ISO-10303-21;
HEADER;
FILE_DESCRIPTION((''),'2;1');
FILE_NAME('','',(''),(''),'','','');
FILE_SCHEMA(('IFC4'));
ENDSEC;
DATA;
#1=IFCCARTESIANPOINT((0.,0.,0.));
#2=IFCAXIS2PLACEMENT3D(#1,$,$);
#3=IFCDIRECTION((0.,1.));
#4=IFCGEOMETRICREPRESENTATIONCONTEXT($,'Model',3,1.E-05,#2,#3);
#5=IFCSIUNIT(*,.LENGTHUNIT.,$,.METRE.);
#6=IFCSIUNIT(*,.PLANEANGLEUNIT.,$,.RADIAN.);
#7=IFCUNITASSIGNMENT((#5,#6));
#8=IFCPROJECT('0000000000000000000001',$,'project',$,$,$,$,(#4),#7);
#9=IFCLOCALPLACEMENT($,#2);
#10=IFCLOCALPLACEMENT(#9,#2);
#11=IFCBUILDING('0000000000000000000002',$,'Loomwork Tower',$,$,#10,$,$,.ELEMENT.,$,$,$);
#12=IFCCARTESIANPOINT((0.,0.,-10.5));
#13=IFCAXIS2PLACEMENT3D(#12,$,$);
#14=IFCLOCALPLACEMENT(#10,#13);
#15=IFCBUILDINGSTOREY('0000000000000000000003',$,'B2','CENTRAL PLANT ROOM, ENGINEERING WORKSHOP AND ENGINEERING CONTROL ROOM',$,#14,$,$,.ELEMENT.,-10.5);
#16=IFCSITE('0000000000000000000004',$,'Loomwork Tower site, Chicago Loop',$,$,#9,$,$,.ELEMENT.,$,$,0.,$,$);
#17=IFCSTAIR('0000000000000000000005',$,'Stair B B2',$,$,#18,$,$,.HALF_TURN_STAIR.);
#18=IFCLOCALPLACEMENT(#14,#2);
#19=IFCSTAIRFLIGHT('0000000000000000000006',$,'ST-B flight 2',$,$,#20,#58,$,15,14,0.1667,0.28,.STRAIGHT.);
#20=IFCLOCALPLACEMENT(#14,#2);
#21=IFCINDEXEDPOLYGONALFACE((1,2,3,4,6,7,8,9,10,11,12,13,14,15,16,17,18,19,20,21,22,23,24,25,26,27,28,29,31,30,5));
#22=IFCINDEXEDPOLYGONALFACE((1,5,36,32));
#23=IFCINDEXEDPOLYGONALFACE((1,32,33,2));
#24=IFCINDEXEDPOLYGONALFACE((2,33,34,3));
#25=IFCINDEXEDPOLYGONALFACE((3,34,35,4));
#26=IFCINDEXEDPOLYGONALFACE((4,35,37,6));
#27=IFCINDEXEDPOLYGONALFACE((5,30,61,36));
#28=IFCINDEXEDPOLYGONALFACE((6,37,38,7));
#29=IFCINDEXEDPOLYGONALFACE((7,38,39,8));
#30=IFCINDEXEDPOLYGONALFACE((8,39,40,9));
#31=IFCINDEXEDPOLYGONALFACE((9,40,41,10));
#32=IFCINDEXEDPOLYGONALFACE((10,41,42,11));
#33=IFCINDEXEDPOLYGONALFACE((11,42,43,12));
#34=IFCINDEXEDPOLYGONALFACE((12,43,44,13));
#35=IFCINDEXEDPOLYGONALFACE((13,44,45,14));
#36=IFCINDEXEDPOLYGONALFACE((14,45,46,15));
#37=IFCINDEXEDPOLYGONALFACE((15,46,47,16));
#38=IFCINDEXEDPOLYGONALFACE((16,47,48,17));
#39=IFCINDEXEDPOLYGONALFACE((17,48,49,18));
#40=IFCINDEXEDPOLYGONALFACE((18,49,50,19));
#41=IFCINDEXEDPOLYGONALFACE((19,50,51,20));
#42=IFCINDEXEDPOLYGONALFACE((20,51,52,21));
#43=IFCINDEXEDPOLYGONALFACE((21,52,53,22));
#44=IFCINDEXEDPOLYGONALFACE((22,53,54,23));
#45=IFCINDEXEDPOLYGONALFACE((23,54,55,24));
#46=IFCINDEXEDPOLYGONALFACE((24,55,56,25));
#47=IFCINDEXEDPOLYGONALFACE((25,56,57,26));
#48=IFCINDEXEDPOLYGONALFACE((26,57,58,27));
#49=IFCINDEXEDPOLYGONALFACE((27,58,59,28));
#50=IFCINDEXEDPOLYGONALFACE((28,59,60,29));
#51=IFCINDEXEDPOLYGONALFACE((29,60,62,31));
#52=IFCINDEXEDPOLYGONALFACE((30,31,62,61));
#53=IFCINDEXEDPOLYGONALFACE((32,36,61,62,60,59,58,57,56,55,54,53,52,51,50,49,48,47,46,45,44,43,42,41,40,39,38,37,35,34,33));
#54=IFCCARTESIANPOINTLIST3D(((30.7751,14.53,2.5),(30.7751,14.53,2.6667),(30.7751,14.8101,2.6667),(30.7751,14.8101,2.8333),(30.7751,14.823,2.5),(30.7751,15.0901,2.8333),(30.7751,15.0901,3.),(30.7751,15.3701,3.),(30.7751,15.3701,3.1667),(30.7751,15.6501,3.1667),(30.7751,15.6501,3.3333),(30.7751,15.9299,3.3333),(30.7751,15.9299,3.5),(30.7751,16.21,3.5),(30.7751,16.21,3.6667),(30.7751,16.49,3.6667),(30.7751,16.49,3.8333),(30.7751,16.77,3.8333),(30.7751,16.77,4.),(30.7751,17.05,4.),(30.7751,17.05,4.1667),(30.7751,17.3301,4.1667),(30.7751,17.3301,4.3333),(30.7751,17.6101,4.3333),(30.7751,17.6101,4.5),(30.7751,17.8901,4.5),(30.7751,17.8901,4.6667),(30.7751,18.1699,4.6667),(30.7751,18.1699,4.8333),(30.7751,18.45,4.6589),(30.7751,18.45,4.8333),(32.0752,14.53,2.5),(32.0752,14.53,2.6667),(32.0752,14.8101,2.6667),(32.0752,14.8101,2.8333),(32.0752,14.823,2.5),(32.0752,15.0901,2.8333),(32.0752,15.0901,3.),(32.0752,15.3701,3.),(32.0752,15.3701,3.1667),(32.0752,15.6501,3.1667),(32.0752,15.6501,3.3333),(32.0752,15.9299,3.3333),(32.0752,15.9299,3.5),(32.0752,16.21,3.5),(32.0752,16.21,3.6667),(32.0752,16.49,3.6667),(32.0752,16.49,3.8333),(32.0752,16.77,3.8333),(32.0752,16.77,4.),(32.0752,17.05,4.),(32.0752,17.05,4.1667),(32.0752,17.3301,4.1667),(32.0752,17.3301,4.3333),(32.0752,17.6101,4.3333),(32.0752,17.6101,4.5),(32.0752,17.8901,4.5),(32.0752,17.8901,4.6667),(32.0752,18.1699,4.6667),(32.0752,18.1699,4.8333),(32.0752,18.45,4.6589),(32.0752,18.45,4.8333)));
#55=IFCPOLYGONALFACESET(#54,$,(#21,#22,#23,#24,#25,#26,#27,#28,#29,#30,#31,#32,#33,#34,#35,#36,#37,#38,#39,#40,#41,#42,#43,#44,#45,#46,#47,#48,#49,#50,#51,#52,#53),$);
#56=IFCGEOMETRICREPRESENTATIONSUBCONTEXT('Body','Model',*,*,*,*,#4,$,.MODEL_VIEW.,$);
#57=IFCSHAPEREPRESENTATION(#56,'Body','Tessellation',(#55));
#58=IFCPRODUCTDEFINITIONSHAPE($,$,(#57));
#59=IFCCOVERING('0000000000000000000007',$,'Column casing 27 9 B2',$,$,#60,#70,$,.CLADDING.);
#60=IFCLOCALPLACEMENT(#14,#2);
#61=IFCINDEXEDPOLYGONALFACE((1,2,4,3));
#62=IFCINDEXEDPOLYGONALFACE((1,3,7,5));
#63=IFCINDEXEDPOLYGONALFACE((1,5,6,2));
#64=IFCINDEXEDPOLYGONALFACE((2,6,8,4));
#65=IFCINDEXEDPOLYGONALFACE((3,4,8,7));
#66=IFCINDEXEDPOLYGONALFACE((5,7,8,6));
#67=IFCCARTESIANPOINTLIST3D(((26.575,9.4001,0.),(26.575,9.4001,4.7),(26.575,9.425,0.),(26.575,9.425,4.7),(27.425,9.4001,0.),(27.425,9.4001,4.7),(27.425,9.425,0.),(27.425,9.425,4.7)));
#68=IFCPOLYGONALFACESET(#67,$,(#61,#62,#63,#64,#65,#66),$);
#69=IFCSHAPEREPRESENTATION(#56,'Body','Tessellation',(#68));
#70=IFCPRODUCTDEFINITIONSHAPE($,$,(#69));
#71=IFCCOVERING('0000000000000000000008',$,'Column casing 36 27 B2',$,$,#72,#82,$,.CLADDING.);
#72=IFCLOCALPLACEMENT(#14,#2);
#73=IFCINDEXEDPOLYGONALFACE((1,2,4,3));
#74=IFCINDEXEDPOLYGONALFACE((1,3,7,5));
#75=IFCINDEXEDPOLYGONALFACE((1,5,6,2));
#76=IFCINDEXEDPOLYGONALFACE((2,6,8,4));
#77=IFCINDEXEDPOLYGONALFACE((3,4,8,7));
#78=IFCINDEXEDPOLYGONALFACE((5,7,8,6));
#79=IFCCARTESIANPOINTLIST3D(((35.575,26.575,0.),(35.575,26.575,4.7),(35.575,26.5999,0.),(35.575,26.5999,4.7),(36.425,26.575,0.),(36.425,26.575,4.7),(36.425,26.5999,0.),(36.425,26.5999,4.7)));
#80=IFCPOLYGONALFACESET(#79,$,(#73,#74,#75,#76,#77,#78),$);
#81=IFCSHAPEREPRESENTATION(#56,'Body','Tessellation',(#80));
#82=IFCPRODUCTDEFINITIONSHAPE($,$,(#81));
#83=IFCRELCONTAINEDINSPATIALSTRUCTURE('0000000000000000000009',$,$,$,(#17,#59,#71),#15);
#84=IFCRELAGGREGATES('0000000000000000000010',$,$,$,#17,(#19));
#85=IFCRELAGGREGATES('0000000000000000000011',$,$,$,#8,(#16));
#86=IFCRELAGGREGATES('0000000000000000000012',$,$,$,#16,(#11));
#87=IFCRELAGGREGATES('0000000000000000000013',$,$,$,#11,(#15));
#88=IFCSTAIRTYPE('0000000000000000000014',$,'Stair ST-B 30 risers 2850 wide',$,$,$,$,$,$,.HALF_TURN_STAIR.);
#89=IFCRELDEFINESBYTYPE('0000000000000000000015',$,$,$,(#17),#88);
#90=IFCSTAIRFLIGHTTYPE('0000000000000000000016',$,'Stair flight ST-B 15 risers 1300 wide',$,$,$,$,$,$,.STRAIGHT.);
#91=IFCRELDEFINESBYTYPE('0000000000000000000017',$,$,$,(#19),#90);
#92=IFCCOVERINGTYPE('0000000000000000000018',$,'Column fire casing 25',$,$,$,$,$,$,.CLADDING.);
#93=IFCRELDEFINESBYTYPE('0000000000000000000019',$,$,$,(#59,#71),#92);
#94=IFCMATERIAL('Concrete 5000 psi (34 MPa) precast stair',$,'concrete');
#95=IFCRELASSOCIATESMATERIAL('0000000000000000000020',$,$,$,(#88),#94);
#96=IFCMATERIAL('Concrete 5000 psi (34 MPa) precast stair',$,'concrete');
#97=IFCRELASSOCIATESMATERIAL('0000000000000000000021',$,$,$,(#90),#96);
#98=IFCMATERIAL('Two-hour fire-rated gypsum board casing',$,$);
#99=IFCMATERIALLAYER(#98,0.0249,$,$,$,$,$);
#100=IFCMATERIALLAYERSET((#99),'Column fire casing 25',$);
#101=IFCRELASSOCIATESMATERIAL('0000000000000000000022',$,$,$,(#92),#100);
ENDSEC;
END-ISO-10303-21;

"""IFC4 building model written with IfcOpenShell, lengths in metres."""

from ifc_helpers import new_model, si_unit, direction, frame, origin, origin_2d, place, context, subcontext, project, spatial, polyline, rectangle, outline, extrude, material, layer, layer_set, type_object, element, aggregate, save


model = new_model("IFC4")

# Units and contexts
model_context = context("Model", 3, precision=1e-05, world=origin(), true_north=direction((0.0, 1.0)))
body_context = subcontext(model_context, "Body", "Model", "MODEL_VIEW")
ifc_project = project(units=[si_unit("LENGTHUNIT", "METRE"), si_unit("PLANEANGLEUNIT", "RADIAN")], contexts=[model_context])

# Site, building, storey
site_placement = place(None, origin())
site = spatial("IfcSite", under=ifc_project, at=site_placement, Name="Loomwork Tower site, Chicago Loop", CompositionType="ELEMENT", RefElevation=0.0)
building_placement = place(site_placement, origin())
building = spatial("IfcBuilding", under=site, at=building_placement, Name="Loomwork Tower", CompositionType="ELEMENT")
storey_placement = place(building_placement, frame((0.0, 0.0, -10.5)))
storey = spatial("IfcBuildingStorey", under=building, at=storey_placement, Name="B2", Description="CENTRAL PLANT ROOM, ENGINEERING WORKSHOP AND ENGINEERING CONTROL ROOM", CompositionType="ELEMENT", Elevation=-10.5)

# Stair, stair flight
ifc_material_1 = material(Name="Concrete 5000 psi (34 MPa) precast stair", Category="concrete")
stair_type = type_object("IfcStairType", Name="Stair ST-B 30 risers 2850 wide", PredefinedType="HALF_TURN_STAIR", material=ifc_material_1)
stair_placement = place(storey_placement, origin())
stair = element("IfcStair", 1, at=stair_placement, inside=storey, type_object=stair_type, Name="Stair B B2", PredefinedType="HALF_TURN_STAIR")
ifc_material_2 = material(Name="Concrete 5000 psi (34 MPa) precast stair", Category="concrete")
stair_flight_type = type_object("IfcStairFlightType", Name="Stair flight ST-B 15 risers 1300 wide", PredefinedType="STRAIGHT", material=ifc_material_2)
stair_flight_1_placement = place(storey_placement, frame((31.425, 14.53, 2.5), z_axis=(0.0, 0.0, 1.0), x_axis=(0.0, 1.0, 0.0)))
stair_flight_1 = element("IfcStairFlight", 2, at=stair_flight_1_placement, type_object=stair_flight_type, Name="ST-B flight 2", NumberOfRisers=15, NumberOfTreads=14, PredefinedType="STRAIGHT", RiserHeight=0.1667, TreadLength=0.28, context=body_context, shape_type="SweptSolid", body=[
    extrude(outline(polyline([(0.0, 0.0), (0.0, 0.1667), (0.28, 0.1667), (0.28, 0.3333), (0.5601, 0.3333), (0.5601, 0.5), (0.8401, 0.5), (0.8401, 0.6667), (1.1201, 0.6667), (1.1201, 0.8333), (1.3999, 0.8333), (1.3999, 1.0), (1.6799, 1.0), (1.6799, 1.1667), (1.96, 1.1667), (1.96, 1.3333), (2.24, 1.3333), (2.24, 1.5), (2.52, 1.5), (2.52, 1.6667), (2.8, 1.6667), (2.8, 1.8333), (3.0801, 1.8333), (3.0801, 2.0), (3.3601, 2.0), (3.3601, 2.1667), (3.6399, 2.1667), (3.6399, 2.3333), (3.9199, 2.3333), (3.9199, 2.5), (3.9199, 2.1589), (0.293, 0.0), (0.0, 0.0)])), frame((0.0, 0.6499, 0.0), z_axis=(0.0, -1.0, 0.0), x_axis=(1.0, 0.0, 0.0)), (0.0, 0.0, 1.0), 1.3),
])
aggregate(stair, [stair_flight_1])

# Coverings
ifc_material_3 = material(Name="Two-hour fire-rated gypsum board casing")
ifc_layer_1 = layer(ifc_material_3, 0.0249)
ifc_layer_set_1 = layer_set([ifc_layer_1], Name="Column fire casing 25")
covering_type = type_object("IfcCoveringType", Name="Column fire casing 25", PredefinedType="CLADDING", material=ifc_layer_set_1)
for number, where, z_axis, x_axis, name in (
    (3, (27.0, 9.4126, 0.0), (0.0, 0.0, 1.0), (1.0, 0.0, 0.0), "Column casing 27 9 B2"),
    (4, (36.0, 26.5874, 0.0), (0.0, 0.0, 1.0), (1.0, 0.0, 0.0), "Column casing 36 27 B2"),
):
    element("IfcCovering", number, at=place(storey_placement, frame(where, z_axis=z_axis, x_axis=x_axis)), inside=storey, type_object=covering_type, Name=name, PredefinedType="CLADDING", context=body_context, shape_type="SweptSolid", body=[
        extrude(rectangle(XDim=0.8501, YDim=0.0249, at=origin_2d()), origin(), (0.0, 0.0, 1.0), 4.7),
    ])

save(model, "model.ifc")
